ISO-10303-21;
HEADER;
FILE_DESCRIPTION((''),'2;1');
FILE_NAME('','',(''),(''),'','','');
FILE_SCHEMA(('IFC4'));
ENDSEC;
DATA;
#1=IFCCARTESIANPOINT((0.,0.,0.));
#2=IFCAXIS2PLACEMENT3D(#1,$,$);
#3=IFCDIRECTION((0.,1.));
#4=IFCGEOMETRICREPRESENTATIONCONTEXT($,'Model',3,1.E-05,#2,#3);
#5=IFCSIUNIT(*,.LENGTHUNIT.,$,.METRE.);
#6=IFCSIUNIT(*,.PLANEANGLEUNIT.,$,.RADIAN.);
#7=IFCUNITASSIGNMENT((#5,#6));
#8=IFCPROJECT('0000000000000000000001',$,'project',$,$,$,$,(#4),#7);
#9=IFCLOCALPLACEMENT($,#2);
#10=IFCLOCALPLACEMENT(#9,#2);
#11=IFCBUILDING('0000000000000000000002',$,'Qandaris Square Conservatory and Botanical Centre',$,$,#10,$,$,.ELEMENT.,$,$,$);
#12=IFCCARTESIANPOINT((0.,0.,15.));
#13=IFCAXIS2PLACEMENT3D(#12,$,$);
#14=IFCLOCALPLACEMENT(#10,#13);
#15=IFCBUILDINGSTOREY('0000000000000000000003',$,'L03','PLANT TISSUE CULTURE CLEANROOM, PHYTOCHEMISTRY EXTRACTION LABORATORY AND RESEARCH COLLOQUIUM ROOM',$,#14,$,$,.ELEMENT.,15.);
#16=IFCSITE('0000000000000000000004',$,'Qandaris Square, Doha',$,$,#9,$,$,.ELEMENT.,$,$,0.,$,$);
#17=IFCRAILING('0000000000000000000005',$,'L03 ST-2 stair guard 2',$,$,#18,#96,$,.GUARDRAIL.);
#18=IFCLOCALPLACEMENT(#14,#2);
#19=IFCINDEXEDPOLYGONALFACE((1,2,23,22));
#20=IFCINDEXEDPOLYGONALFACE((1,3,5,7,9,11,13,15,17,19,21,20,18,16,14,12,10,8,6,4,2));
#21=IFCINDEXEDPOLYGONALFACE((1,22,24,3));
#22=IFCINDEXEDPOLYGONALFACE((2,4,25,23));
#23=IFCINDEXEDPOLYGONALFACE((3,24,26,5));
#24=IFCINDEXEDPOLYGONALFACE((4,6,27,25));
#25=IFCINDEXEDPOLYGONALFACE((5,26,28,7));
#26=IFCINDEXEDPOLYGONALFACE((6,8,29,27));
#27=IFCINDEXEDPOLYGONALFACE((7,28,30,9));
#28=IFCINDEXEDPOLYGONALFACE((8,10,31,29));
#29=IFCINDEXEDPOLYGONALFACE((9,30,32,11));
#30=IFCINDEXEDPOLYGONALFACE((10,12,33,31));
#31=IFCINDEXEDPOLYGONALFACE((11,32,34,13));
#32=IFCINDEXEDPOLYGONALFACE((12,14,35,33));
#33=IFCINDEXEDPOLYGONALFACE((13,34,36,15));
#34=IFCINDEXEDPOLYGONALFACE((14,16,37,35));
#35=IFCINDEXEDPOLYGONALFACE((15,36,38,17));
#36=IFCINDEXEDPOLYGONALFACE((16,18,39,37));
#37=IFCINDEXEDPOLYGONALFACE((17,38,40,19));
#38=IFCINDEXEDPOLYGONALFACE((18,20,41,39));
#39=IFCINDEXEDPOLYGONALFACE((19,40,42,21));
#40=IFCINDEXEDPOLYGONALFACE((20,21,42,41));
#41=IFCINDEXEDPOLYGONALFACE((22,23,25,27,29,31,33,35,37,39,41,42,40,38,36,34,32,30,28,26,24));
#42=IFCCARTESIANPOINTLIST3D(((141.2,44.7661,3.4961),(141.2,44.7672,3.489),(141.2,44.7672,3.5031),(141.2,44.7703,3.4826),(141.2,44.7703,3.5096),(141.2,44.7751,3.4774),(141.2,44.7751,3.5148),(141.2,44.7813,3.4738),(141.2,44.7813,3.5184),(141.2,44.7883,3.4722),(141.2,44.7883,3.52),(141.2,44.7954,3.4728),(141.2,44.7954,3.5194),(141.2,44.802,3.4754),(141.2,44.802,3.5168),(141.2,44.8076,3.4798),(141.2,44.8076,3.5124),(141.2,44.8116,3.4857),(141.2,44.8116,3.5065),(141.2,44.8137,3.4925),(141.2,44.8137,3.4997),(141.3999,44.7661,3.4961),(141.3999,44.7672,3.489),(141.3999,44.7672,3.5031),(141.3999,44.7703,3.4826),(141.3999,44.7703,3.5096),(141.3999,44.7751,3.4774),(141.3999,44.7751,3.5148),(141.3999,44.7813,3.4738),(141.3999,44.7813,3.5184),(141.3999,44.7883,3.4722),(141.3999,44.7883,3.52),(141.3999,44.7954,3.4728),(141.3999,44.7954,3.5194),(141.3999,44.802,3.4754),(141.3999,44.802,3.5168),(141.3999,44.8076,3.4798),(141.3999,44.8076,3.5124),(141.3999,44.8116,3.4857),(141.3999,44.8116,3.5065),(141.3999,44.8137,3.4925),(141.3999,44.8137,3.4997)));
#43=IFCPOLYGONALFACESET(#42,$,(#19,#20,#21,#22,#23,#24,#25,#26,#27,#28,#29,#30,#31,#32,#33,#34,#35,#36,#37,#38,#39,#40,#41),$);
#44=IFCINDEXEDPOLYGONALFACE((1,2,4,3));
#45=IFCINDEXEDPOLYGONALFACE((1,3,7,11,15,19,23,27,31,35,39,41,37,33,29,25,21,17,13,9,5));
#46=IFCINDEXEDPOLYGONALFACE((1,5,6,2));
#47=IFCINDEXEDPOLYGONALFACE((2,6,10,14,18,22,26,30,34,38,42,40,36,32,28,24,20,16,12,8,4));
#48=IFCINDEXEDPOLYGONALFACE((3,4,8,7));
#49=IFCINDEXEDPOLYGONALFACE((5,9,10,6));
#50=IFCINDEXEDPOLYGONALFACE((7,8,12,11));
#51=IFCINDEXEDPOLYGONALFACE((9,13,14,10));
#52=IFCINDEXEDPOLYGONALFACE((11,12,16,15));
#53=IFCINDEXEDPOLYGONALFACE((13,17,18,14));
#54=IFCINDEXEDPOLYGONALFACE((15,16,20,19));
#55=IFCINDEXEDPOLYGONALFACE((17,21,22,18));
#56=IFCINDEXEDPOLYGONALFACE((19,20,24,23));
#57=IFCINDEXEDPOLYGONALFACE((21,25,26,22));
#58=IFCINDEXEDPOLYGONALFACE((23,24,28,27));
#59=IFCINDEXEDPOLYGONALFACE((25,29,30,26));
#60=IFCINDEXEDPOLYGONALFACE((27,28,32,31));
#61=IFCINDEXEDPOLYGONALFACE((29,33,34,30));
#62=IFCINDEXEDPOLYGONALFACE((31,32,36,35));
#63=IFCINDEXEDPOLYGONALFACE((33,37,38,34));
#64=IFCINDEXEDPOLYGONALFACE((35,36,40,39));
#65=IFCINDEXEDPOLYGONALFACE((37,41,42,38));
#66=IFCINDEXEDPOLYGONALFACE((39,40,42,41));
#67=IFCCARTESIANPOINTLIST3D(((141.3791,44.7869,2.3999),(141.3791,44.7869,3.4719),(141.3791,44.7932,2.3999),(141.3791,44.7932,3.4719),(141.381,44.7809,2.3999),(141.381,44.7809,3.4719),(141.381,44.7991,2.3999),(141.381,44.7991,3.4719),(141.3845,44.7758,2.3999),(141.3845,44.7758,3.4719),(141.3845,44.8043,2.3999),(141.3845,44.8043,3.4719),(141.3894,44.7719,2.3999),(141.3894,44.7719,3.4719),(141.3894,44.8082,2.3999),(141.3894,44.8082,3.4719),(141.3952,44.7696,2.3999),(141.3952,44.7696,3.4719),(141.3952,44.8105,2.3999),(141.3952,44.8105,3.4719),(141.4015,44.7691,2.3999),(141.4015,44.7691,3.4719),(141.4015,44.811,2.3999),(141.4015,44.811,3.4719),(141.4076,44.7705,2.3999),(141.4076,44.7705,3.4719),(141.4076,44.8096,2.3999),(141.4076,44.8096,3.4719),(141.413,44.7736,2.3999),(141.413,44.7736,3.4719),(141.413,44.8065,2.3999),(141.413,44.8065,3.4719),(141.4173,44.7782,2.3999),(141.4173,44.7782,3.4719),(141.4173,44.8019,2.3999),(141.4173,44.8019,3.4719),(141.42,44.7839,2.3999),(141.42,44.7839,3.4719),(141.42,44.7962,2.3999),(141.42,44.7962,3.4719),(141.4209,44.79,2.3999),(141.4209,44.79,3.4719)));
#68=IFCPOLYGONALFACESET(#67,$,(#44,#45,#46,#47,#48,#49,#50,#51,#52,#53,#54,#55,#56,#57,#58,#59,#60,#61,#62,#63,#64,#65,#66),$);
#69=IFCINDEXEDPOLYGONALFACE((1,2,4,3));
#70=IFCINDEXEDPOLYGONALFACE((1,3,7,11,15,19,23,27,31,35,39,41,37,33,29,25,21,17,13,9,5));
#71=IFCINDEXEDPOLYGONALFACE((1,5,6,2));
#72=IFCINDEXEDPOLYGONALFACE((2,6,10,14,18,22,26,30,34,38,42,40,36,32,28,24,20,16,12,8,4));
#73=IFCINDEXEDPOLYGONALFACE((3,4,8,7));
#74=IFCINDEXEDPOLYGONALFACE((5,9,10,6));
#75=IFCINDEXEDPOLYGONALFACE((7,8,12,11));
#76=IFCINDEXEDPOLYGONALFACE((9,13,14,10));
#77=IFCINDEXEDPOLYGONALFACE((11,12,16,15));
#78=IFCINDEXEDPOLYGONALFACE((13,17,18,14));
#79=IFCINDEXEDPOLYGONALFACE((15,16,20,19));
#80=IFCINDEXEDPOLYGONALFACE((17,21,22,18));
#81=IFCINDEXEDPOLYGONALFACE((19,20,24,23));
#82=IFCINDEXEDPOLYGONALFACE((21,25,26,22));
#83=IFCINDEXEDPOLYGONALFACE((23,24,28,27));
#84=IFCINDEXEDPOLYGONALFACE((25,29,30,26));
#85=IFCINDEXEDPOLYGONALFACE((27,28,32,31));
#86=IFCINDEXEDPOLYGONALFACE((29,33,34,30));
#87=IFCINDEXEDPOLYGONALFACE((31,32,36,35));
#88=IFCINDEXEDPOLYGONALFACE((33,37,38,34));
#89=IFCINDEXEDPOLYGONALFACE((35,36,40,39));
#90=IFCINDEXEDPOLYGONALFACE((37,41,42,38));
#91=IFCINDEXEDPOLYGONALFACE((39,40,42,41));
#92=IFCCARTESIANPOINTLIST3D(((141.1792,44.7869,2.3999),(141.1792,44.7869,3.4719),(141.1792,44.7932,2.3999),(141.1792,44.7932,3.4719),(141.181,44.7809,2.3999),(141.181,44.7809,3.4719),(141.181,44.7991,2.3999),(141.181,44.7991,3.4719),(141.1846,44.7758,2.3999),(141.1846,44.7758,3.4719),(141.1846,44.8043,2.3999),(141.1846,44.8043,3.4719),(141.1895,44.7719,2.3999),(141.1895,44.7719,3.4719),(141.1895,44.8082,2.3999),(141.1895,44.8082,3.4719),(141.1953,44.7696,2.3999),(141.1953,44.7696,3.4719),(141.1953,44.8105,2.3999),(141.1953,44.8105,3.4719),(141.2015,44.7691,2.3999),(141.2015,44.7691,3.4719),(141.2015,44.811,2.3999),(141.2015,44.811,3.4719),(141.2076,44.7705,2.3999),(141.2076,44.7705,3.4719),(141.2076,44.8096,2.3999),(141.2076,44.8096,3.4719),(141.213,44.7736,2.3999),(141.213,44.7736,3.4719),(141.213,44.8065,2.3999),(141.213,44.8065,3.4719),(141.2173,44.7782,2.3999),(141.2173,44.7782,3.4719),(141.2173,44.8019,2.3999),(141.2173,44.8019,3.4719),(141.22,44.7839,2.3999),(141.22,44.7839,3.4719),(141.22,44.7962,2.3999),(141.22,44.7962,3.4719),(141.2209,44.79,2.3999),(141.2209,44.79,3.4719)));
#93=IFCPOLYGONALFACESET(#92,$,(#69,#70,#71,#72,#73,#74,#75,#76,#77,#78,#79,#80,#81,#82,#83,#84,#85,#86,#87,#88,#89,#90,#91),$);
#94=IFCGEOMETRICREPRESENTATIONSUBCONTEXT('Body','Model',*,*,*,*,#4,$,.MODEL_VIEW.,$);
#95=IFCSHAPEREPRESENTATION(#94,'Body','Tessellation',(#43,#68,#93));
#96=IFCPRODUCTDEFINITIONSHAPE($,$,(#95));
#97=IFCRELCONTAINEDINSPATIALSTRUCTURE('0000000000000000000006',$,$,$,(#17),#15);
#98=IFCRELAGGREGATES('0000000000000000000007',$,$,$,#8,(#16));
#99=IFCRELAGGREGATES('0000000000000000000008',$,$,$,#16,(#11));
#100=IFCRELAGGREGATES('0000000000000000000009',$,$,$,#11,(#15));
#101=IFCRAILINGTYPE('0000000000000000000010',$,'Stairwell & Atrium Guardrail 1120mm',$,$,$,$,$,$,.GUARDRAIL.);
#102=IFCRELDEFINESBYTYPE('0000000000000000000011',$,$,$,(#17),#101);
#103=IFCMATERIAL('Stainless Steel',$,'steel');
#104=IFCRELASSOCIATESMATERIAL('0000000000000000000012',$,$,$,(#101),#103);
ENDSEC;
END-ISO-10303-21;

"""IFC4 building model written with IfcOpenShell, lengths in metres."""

from ifc_helpers import new_model, si_unit, direction, frame, origin, origin_2d, place, context, subcontext, project, spatial, circle, extrude, material, type_object, element, save


model = new_model("IFC4")

# Units and contexts
model_context = context("Model", 3, precision=1e-05, world=origin(), true_north=direction((0.0, 1.0)))
body_context = subcontext(model_context, "Body", "Model", "MODEL_VIEW")
ifc_project = project(units=[si_unit("LENGTHUNIT", "METRE"), si_unit("PLANEANGLEUNIT", "RADIAN")], contexts=[model_context])

# Site, building, storey
site_placement = place(None, origin())
site = spatial("IfcSite", under=ifc_project, at=site_placement, Name="Qandaris Square, Doha", CompositionType="ELEMENT", RefElevation=0.0)
building_placement = place(site_placement, origin())
building = spatial("IfcBuilding", under=site, at=building_placement, Name="Qandaris Square Conservatory and Botanical Centre", CompositionType="ELEMENT")
storey_placement = place(building_placement, frame((0.0, 0.0, 15.0)))
storey = spatial("IfcBuildingStorey", under=building, at=storey_placement, Name="L03", Description="PLANT TISSUE CULTURE CLEANROOM, PHYTOCHEMISTRY EXTRACTION LABORATORY AND RESEARCH COLLOQUIUM ROOM", CompositionType="ELEMENT", Elevation=15.0)

# Railing
ifc_material_1 = material(Name="Stainless Steel", Category="steel")
railing_type_1 = type_object("IfcRailingType", Name="Stairwell & Atrium Guardrail 1120mm", PredefinedType="GUARDRAIL", material=ifc_material_1)
railing_1_placement = place(storey_placement, frame((141.3999, 44.79, 2.3999)))
element("IfcRailing", 1, at=railing_1_placement, inside=storey, type_object=railing_type_1, Name="L03 ST-2 stair guard 2", PredefinedType="GUARDRAIL", context=body_context, shape_type="SweptSolid", body=[
    extrude(circle(Radius=0.0239, at=origin_2d()), frame((0.0, 0.0, 1.0962), z_axis=(-1.0, 0.0, 0.0), x_axis=(0.0, -1.0, 0.0)), (0.0, 0.0, 1.0), 0.2),
    extrude(circle(Radius=0.021, at=origin_2d()), origin(), (0.0, 0.0, 1.0), 1.072),
    extrude(circle(Radius=0.021, at=origin_2d()), frame((-0.2, 0.0, 0.0)), (0.0, 0.0, 1.0), 1.072),
])

save(model, "model.ifc")
